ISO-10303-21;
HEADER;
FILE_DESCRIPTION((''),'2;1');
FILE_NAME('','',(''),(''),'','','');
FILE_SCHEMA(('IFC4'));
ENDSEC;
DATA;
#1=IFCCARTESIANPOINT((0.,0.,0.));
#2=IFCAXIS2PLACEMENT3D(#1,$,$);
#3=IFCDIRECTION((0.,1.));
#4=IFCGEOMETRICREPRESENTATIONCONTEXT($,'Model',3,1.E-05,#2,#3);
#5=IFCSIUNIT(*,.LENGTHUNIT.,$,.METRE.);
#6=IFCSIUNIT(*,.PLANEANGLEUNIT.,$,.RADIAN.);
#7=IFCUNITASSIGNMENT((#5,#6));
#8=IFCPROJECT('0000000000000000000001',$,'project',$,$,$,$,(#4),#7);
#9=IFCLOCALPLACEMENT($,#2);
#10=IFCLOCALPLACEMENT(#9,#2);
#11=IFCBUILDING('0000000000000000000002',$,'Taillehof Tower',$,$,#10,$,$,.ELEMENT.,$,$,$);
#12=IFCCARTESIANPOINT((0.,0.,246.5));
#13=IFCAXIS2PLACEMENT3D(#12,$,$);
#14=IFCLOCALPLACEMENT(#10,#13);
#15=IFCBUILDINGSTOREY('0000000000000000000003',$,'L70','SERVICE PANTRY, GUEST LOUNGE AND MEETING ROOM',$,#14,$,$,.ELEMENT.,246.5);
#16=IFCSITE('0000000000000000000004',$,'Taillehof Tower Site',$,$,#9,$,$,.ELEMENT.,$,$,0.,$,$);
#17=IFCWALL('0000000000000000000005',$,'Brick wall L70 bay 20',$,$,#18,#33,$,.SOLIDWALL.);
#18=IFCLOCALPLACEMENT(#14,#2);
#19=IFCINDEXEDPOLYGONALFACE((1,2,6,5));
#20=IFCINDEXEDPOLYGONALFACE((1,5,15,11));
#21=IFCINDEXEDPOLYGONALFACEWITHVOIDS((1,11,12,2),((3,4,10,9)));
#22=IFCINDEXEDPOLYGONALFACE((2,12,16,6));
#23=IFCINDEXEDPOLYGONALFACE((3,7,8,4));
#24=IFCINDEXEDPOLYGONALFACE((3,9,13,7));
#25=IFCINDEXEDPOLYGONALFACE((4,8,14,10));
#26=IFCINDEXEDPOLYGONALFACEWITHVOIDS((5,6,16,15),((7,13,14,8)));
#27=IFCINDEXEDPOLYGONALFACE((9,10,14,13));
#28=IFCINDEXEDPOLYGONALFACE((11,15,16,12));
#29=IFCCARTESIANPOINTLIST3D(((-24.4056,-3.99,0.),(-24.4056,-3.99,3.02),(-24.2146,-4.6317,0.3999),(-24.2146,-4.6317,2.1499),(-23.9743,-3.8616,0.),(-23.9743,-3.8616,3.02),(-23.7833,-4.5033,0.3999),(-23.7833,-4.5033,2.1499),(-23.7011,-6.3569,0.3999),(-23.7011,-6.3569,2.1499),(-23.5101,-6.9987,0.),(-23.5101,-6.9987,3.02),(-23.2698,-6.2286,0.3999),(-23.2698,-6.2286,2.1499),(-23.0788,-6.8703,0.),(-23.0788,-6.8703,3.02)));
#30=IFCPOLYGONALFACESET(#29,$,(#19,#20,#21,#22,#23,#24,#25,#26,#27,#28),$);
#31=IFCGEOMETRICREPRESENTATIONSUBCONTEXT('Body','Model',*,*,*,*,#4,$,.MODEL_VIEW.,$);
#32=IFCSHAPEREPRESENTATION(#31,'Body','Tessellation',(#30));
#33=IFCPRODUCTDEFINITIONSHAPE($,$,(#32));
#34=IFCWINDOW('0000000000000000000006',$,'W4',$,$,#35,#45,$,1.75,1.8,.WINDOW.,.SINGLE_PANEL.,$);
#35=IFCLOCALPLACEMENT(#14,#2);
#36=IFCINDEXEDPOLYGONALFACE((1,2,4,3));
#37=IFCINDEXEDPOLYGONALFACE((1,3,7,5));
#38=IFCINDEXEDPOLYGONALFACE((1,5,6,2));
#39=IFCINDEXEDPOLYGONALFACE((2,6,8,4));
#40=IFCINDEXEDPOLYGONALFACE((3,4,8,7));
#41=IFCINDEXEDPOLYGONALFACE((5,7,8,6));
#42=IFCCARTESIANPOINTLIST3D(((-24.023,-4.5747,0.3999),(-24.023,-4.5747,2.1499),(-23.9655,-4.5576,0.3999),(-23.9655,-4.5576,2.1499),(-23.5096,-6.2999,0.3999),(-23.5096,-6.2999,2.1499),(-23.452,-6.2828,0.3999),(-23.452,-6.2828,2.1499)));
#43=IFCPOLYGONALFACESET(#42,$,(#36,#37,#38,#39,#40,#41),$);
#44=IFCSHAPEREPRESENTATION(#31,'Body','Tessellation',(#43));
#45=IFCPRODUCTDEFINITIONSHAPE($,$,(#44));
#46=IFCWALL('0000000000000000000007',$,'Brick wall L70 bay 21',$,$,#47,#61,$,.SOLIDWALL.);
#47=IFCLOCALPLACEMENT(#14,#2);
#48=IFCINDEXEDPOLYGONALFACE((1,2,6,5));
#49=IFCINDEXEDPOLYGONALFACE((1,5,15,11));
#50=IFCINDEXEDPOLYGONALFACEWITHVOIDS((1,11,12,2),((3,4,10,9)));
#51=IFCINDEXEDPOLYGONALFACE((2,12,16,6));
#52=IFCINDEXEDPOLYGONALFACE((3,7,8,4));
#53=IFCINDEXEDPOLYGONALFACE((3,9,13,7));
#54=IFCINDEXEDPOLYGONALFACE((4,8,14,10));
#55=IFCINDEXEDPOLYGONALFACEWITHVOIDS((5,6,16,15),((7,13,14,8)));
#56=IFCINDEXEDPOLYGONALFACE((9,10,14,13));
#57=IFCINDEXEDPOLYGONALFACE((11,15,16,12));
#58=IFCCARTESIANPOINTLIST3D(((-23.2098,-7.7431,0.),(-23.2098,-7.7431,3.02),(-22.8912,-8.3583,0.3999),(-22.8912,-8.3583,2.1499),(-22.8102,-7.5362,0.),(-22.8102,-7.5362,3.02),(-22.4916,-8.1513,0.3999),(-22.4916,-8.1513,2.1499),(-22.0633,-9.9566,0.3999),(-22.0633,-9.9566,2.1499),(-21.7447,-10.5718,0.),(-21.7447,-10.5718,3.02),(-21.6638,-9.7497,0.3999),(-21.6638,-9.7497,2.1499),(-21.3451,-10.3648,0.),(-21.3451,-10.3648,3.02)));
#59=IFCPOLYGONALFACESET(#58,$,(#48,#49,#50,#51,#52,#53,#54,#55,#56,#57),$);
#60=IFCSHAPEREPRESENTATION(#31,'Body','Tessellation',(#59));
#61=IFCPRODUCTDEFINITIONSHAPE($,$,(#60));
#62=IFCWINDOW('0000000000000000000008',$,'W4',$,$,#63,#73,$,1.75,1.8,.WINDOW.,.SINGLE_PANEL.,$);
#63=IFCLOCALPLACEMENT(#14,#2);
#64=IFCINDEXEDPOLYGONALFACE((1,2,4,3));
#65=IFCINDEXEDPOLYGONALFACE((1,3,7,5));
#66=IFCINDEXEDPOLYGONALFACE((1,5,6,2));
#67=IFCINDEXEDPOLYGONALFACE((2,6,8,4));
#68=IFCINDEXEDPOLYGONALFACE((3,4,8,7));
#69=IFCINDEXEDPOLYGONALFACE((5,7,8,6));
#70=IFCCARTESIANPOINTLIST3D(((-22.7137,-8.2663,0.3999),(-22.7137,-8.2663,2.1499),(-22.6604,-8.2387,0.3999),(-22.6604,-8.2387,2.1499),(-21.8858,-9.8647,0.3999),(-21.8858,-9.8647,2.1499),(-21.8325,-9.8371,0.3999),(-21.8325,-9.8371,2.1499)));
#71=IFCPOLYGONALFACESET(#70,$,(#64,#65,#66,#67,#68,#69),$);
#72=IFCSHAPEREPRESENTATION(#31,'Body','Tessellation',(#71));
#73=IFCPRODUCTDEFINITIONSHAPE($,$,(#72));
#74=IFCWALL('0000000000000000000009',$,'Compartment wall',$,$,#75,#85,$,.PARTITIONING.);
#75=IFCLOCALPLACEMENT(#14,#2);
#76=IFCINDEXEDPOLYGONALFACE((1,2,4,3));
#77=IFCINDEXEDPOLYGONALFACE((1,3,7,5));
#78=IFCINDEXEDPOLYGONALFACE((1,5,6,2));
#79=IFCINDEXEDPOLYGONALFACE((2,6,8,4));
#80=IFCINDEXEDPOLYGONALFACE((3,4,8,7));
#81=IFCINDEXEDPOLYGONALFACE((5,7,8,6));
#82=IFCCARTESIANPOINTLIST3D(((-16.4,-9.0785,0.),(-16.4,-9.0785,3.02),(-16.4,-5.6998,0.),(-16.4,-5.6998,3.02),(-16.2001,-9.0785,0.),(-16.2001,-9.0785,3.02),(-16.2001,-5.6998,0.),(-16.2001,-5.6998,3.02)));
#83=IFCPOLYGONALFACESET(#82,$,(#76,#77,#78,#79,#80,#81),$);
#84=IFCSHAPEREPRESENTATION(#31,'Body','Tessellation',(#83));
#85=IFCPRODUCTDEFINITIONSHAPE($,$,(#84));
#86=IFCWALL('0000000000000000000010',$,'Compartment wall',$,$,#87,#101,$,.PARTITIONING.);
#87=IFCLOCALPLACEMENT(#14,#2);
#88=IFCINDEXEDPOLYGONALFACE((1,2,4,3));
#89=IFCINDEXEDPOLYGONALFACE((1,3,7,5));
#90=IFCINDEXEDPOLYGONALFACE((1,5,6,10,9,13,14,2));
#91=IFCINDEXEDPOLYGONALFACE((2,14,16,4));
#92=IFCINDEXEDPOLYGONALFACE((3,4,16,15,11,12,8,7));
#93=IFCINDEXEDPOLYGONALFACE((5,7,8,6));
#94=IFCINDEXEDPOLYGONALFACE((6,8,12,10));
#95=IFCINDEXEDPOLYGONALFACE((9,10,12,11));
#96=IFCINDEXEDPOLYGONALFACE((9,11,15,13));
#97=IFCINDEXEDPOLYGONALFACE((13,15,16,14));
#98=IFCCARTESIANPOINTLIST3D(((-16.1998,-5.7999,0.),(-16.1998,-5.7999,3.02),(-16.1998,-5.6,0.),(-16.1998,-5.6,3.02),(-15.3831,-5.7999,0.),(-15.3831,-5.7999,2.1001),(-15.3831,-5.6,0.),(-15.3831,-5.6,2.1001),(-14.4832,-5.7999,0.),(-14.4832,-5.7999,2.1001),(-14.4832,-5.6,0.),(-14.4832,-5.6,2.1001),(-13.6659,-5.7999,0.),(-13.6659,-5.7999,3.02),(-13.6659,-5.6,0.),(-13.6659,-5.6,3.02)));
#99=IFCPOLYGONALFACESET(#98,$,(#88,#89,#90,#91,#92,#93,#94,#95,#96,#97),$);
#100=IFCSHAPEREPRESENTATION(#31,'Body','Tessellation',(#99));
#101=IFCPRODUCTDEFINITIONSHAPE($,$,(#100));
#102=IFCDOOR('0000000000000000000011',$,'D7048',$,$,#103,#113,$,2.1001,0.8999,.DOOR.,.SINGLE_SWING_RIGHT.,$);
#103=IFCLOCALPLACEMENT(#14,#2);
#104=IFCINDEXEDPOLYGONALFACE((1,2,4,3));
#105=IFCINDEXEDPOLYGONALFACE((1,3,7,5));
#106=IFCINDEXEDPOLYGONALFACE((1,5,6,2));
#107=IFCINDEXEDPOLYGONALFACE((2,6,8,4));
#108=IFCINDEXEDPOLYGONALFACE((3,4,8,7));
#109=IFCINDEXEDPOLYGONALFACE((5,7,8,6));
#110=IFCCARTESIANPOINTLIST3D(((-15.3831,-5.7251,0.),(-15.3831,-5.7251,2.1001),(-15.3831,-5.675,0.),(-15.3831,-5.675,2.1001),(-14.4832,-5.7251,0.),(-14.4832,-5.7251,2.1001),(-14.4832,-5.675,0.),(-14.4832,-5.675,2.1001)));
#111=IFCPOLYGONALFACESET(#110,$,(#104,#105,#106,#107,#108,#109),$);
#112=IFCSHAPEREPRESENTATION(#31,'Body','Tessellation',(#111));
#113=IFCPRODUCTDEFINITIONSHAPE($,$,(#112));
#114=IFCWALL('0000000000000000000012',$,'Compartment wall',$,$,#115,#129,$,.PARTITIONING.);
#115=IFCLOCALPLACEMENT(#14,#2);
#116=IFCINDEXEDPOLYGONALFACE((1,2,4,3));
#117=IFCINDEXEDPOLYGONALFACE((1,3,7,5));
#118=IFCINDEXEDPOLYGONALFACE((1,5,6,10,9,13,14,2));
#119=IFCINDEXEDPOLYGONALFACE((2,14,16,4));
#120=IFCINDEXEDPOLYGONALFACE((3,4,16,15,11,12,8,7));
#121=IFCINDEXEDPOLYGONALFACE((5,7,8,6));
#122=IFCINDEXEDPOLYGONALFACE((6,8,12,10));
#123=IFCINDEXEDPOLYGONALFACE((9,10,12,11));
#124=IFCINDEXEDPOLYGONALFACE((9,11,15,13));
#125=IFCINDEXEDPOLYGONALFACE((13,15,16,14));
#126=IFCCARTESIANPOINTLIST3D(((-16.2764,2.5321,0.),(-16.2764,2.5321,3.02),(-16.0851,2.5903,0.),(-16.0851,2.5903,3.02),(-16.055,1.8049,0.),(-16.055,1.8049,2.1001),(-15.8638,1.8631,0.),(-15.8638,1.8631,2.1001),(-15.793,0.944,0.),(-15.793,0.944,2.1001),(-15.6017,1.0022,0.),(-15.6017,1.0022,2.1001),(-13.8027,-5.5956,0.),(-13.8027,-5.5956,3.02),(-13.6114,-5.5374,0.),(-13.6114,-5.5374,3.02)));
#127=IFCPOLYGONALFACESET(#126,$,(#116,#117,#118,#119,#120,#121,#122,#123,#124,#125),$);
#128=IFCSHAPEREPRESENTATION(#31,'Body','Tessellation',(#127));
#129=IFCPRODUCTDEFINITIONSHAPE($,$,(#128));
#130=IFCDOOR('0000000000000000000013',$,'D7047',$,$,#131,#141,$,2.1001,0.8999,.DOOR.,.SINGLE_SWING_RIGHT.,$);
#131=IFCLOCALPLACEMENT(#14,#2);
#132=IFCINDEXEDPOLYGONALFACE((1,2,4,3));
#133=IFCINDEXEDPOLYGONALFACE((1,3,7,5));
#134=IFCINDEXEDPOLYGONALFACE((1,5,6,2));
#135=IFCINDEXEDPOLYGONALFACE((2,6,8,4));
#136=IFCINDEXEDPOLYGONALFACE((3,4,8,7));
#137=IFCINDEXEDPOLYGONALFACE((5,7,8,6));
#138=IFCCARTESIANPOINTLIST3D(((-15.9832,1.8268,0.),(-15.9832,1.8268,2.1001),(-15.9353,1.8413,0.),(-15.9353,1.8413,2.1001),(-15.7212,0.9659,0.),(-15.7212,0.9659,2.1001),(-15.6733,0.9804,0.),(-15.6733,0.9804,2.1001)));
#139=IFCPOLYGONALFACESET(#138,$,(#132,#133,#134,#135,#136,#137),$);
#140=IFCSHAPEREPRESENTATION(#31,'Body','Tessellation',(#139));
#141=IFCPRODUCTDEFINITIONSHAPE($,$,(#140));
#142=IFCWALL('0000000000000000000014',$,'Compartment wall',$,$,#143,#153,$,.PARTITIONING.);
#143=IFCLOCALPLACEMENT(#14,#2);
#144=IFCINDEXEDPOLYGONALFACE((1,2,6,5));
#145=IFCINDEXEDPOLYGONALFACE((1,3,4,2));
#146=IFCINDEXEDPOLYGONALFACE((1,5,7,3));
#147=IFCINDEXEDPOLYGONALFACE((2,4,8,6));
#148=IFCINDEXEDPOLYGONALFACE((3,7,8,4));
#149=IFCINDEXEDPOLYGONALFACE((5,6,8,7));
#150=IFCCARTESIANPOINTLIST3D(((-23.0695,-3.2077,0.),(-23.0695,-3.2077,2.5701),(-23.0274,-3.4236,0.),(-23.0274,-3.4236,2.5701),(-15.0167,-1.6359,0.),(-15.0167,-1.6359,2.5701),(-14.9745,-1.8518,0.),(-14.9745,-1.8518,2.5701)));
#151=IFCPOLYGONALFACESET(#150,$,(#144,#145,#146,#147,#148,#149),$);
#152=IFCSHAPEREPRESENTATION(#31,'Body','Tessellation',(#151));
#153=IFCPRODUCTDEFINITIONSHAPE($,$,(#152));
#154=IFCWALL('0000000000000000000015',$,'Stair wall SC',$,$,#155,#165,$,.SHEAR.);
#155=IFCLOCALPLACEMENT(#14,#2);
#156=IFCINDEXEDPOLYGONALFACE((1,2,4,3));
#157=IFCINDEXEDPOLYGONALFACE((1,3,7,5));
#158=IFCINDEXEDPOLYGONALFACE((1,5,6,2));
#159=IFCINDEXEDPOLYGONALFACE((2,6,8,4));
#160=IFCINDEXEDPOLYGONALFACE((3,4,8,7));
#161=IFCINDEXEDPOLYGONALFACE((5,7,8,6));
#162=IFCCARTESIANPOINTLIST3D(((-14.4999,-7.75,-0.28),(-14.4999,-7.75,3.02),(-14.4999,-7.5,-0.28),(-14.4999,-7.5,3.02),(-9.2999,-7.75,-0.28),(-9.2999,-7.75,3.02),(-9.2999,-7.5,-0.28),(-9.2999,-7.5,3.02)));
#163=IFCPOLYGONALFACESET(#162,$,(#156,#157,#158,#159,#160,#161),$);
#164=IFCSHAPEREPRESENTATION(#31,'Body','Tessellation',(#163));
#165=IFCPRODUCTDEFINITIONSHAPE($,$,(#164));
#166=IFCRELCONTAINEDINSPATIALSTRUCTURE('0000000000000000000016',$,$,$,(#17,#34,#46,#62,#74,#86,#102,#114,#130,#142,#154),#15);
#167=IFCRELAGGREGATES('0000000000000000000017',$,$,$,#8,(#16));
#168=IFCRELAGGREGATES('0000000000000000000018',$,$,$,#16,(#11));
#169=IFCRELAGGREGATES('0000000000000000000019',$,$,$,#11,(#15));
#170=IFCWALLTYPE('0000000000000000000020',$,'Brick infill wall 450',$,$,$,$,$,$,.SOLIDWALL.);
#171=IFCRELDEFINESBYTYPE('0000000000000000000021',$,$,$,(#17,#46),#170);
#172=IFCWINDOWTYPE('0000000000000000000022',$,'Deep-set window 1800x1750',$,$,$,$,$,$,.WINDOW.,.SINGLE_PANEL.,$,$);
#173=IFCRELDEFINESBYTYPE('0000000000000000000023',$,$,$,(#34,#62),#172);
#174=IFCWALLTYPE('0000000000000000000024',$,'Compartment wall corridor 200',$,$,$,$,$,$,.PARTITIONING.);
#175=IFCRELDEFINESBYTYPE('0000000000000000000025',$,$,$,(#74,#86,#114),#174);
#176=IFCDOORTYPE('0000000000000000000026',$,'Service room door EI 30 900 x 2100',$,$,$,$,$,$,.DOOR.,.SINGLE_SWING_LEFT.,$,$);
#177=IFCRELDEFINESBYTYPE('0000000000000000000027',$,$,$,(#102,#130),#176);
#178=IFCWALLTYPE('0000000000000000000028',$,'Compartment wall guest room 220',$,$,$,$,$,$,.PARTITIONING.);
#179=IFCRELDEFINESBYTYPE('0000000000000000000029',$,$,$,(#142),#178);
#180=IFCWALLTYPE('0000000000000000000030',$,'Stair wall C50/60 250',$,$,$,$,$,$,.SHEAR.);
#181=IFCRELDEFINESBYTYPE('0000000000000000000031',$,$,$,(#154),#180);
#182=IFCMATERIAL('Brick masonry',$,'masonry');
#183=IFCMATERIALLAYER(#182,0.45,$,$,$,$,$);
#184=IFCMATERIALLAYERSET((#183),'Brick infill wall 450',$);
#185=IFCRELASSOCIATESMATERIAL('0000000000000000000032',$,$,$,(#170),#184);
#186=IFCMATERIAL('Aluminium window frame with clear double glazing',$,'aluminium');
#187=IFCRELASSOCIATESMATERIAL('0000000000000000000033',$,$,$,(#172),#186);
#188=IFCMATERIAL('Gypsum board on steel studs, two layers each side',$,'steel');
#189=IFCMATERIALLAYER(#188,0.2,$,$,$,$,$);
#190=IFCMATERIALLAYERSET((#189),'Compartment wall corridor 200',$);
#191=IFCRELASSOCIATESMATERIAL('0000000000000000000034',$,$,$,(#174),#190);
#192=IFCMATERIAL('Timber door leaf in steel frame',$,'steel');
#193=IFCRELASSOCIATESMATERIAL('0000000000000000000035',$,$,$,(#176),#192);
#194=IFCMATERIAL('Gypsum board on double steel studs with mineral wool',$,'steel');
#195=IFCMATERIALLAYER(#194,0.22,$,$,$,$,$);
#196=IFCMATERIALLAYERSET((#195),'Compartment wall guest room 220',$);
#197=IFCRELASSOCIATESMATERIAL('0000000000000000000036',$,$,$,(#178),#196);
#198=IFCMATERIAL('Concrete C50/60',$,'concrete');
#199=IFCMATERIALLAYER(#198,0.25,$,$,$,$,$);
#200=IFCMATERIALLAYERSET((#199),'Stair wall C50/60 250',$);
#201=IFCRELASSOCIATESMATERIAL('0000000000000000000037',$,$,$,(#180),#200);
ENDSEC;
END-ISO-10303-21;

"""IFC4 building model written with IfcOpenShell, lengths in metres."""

from ifc_helpers import new_model, si_unit, direction, frame, frame_2d, origin, place, context, subcontext, project, spatial, rectangle, extrude, material, layer, layer_set, type_object, element, fill, save


model = new_model("IFC4")

# Units and contexts
model_context = context("Model", 3, precision=1e-05, world=origin(), true_north=direction((0.0, 1.0)))
body_context = subcontext(model_context, "Body", "Model", "MODEL_VIEW")
ifc_project = project(units=[si_unit("LENGTHUNIT", "METRE"), si_unit("PLANEANGLEUNIT", "RADIAN")], contexts=[model_context])

# Site, building, storey
site_placement = place(None, origin())
site = spatial("IfcSite", under=ifc_project, at=site_placement, Name="Taillehof Tower Site", CompositionType="ELEMENT", RefElevation=0.0)
building_placement = place(site_placement, origin())
building = spatial("IfcBuilding", under=site, at=building_placement, Name="Taillehof Tower", CompositionType="ELEMENT")
storey_placement = place(building_placement, frame((0.0, 0.0, 246.5)))
storey = spatial("IfcBuildingStorey", under=building, at=storey_placement, Name="L70", Description="SERVICE PANTRY, GUEST LOUNGE AND MEETING ROOM", CompositionType="ELEMENT", Elevation=246.5)

# Walls, openings, windows
ifc_material_1 = material(Name="Brick masonry", Category="masonry")
ifc_layer_1 = layer(ifc_material_1, 0.45)
ifc_layer_set_1 = layer_set([ifc_layer_1], Name="Brick infill wall 450")
wall_type_1 = type_object("IfcWallType", Name="Brick infill wall 450", PredefinedType="SOLIDWALL", material=ifc_layer_set_1)
ifc_material_2 = material(Name="Aluminium window frame with clear double glazing", Category="aluminium")
window_type = type_object("IfcWindowType", Name="Deep-set window 1800x1750", PartitioningType="SINGLE_PANEL", PredefinedType="WINDOW", material=ifc_material_2)
wall_1_placement = place(storey_placement, frame((-24.1899, -3.9258, 0.0), z_axis=(0.0, 0.0, 1.0), x_axis=(0.285264, -0.958449, 0.0)))
wall_1 = element("IfcWall", 1, at=wall_1_placement, inside=storey, type_object=wall_type_1, Name="Brick wall L70 bay 20", PredefinedType="SOLIDWALL", context=body_context, shape_type="SweptSolid", body=[
    extrude(rectangle(XDim=3.1392, YDim=0.45, at=frame_2d((1.5696, 0.0))), origin(), (0.0, 0.0, 1.0), 3.02),
])
opening_1_placement = place(wall_1_placement, frame((0.6697, 0.0, 0.3999)))
opening_1 = element("IfcOpeningElement", 2, at=opening_1_placement, cuts=wall_1, PredefinedType="OPENING", context=body_context, shape_type="SweptSolid", body=[
    extrude(rectangle(XDim=1.8, YDim=1.75, at=frame_2d((0.8999, 0.875))), frame((0.0, 0.2349, 0.0), z_axis=(0.0, -1.0, 0.0), x_axis=(1.0, 0.0, 0.0)), (0.0, 0.0, 1.0), 0.47),
])
window_1_placement = place(opening_1_placement, origin())
window_1 = element("IfcWindow", 3, at=window_1_placement, inside=storey, type_object=window_type, Name="W4", OverallHeight=1.75, OverallWidth=1.8, PartitioningType="SINGLE_PANEL", PredefinedType="WINDOW", context=body_context, shape_type="SweptSolid", body=[
    extrude(rectangle(XDim=1.8, YDim=1.75, at=frame_2d((0.8999, 0.875))), frame((0.0, 0.0349, 0.0), z_axis=(0.0, -1.0, 0.0), x_axis=(1.0, 0.0, 0.0)), (0.0, 0.0, 1.0), 0.0601),
])
fill(opening_1, window_1)
wall_2_placement = place(storey_placement, frame((-23.01, -7.6396, 0.0), z_axis=(0.0, 0.0, 1.0), x_axis=(0.459921, -0.88796, 0.0)))
wall_2 = element("IfcWall", 4, at=wall_2_placement, inside=storey, type_object=wall_type_1, Name="Brick wall L70 bay 21", PredefinedType="SOLIDWALL", context=body_context, shape_type="SweptSolid", body=[
    extrude(rectangle(XDim=3.1855, YDim=0.45, at=frame_2d((1.5928, 0.0))), origin(), (0.0, 0.0, 1.0), 3.02),
])
opening_2_placement = place(wall_2_placement, frame((0.6929, 0.0, 0.3999)))
opening_2 = element("IfcOpeningElement", 5, at=opening_2_placement, cuts=wall_2, PredefinedType="OPENING", context=body_context, shape_type="SweptSolid", body=[
    extrude(rectangle(XDim=1.8, YDim=1.75, at=frame_2d((0.8999, 0.875))), frame((0.0, 0.2349, 0.0), z_axis=(0.0, -1.0, 0.0), x_axis=(1.0, 0.0, 0.0)), (0.0, 0.0, 1.0), 0.47),
])
window_2_placement = place(opening_2_placement, origin())
window_2 = element("IfcWindow", 6, at=window_2_placement, inside=storey, type_object=window_type, Name="W4", OverallHeight=1.75, OverallWidth=1.8, PartitioningType="SINGLE_PANEL", PredefinedType="WINDOW", context=body_context, shape_type="SweptSolid", body=[
    extrude(rectangle(XDim=1.8, YDim=1.75, at=frame_2d((0.8999, 0.875))), frame((0.0, 0.0349, 0.0), z_axis=(0.0, -1.0, 0.0), x_axis=(1.0, 0.0, 0.0)), (0.0, 0.0, 1.0), 0.0601),
])
fill(opening_2, window_2)

# Wall
ifc_material_3 = material(Name="Gypsum board on steel studs, two layers each side", Category="steel")
ifc_layer_2 = layer(ifc_material_3, 0.2)
ifc_layer_set_2 = layer_set([ifc_layer_2], Name="Compartment wall corridor 200")
wall_type_2 = type_object("IfcWallType", Name="Compartment wall corridor 200", PredefinedType="PARTITIONING", material=ifc_layer_set_2)
wall_3_placement = place(storey_placement, frame((-16.3, -9.0786, 0.0), z_axis=(0.0, 0.0, 1.0), x_axis=(0.0, 1.0, 0.0)))
element("IfcWall", 7, at=wall_3_placement, inside=storey, type_object=wall_type_2, Name="Compartment wall", PredefinedType="PARTITIONING", context=body_context, shape_type="SweptSolid", body=[
    extrude(rectangle(XDim=3.3787, YDim=0.2, at=frame_2d((1.6895, 0.0))), origin(), (0.0, 0.0, 1.0), 3.02),
])

# Walls, openings, doors
wall_4_placement = place(storey_placement, frame((-16.2, -5.7, 0.0), z_axis=(0.0, 0.0, 1.0), x_axis=(1.0, 0.0, 0.0)))
wall_4 = element("IfcWall", 8, at=wall_4_placement, inside=storey, type_object=wall_type_2, Name="Compartment wall", PredefinedType="PARTITIONING", context=body_context, shape_type="SweptSolid", body=[
    extrude(rectangle(XDim=2.5339, YDim=0.2, at=frame_2d((1.2671, 0.0))), origin(), (0.0, 0.0, 1.0), 3.02),
])
opening_3_placement = place(wall_4_placement, frame((0.8169, 0.0, 0.0)))
opening_3 = element("IfcOpeningElement", 9, at=opening_3_placement, cuts=wall_4, PredefinedType="OPENING", context=body_context, shape_type="SweptSolid", body=[
    extrude(rectangle(XDim=0.8999, YDim=2.1001, at=frame_2d((0.45, 1.05))), frame((0.0, 0.1099, 0.0), z_axis=(0.0, -1.0, 0.0), x_axis=(1.0, 0.0, 0.0)), (0.0, 0.0, 1.0), 0.22),
])
ifc_material_4 = material(Name="Timber door leaf in steel frame", Category="steel")
door_type = type_object("IfcDoorType", Name="Service room door EI 30 900 x 2100", OperationType="SINGLE_SWING_LEFT", PredefinedType="DOOR", material=ifc_material_4)
door_1_placement = place(opening_3_placement, origin())
door_1 = element("IfcDoor", 10, at=door_1_placement, inside=storey, type_object=door_type, Name="D7048", OperationType="SINGLE_SWING_RIGHT", OverallHeight=2.1001, OverallWidth=0.8999, PredefinedType="DOOR", context=body_context, shape_type="SweptSolid", body=[
    extrude(rectangle(XDim=0.8999, YDim=2.1001, at=frame_2d((0.45, 1.05))), frame((0.0, 0.0249, 0.0), z_axis=(0.0, -1.0, 0.0), x_axis=(1.0, 0.0, 0.0)), (0.0, 0.0, 1.0), 0.05),
])
fill(opening_3, door_1)
wall_5_placement = place(storey_placement, frame((-13.707, -5.5667, 0.0), z_axis=(0.0, 0.0, 1.0), x_axis=(-0.29116, 0.956674, 0.0)))
wall_5 = element("IfcWall", 11, at=wall_5_placement, inside=storey, type_object=wall_type_2, Name="Compartment wall", PredefinedType="PARTITIONING", context=body_context, shape_type="SweptSolid", body=[
    extrude(rectangle(XDim=8.4958, YDim=0.2, at=frame_2d((4.248, 0.0))), origin(), (0.0, 0.0, 1.0), 3.02),
])
opening_4_placement = place(wall_5_placement, frame((6.8359, 0.0, 0.0)))
opening_4 = element("IfcOpeningElement", 12, at=opening_4_placement, cuts=wall_5, PredefinedType="OPENING", context=body_context, shape_type="SweptSolid", body=[
    extrude(rectangle(XDim=0.8999, YDim=2.1001, at=frame_2d((0.45, 1.05))), frame((0.0, 0.1099, 0.0), z_axis=(0.0, -1.0, 0.0), x_axis=(1.0, 0.0, 0.0)), (0.0, 0.0, 1.0), 0.22),
])
door_2_placement = place(opening_4_placement, origin())
door_2 = element("IfcDoor", 13, at=door_2_placement, inside=storey, type_object=door_type, Name="D7047", OperationType="SINGLE_SWING_RIGHT", OverallHeight=2.1001, OverallWidth=0.8999, PredefinedType="DOOR", context=body_context, shape_type="SweptSolid", body=[
    extrude(rectangle(XDim=0.8999, YDim=2.1001, at=frame_2d((0.45, 1.05))), frame((0.0, 0.0249, 0.0), z_axis=(0.0, -1.0, 0.0), x_axis=(1.0, 0.0, 0.0)), (0.0, 0.0, 1.0), 0.05),
])
fill(opening_4, door_2)

# Walls
ifc_material_5 = material(Name="Gypsum board on double steel studs with mineral wool", Category="steel")
ifc_layer_3 = layer(ifc_material_5, 0.22)
ifc_layer_set_3 = layer_set([ifc_layer_3], Name="Compartment wall guest room 220")
wall_type_3 = type_object("IfcWallType", Name="Compartment wall guest room 220", PredefinedType="PARTITIONING", material=ifc_layer_set_3)
wall_6_placement = place(storey_placement, frame((-23.0486, -3.3157, 0.0), z_axis=(0.0, 0.0, 1.0), x_axis=(0.98148, 0.191565, 0.0)))
element("IfcWall", 14, at=wall_6_placement, inside=storey, type_object=wall_type_3, Name="Compartment wall", PredefinedType="PARTITIONING", context=body_context, shape_type="SweptSolid", body=[
    extrude(rectangle(XDim=8.2048, YDim=0.22, at=frame_2d((4.1025, 0.0))), origin(), (0.0, 0.0, 1.0), 2.5701),
])
ifc_material_6 = material(Name="Concrete C50/60", Category="concrete")
ifc_layer_4 = layer(ifc_material_6, 0.25)
ifc_layer_set_4 = layer_set([ifc_layer_4], Name="Stair wall C50/60 250")
wall_type_4 = type_object("IfcWallType", Name="Stair wall C50/60 250", PredefinedType="SHEAR", material=ifc_layer_set_4)
wall_7_placement = place(storey_placement, frame((-14.5, -7.625, -0.28), z_axis=(0.0, 0.0, 1.0), x_axis=(1.0, 0.0, 0.0)))
element("IfcWall", 15, at=wall_7_placement, inside=storey, type_object=wall_type_4, Name="Stair wall SC", PredefinedType="SHEAR", context=body_context, shape_type="SweptSolid", body=[
    extrude(rectangle(XDim=5.2, YDim=0.25, at=frame_2d((2.6001, 0.0))), origin(), (0.0, 0.0, 1.0), 3.3),
])

save(model, "model.ifc")
